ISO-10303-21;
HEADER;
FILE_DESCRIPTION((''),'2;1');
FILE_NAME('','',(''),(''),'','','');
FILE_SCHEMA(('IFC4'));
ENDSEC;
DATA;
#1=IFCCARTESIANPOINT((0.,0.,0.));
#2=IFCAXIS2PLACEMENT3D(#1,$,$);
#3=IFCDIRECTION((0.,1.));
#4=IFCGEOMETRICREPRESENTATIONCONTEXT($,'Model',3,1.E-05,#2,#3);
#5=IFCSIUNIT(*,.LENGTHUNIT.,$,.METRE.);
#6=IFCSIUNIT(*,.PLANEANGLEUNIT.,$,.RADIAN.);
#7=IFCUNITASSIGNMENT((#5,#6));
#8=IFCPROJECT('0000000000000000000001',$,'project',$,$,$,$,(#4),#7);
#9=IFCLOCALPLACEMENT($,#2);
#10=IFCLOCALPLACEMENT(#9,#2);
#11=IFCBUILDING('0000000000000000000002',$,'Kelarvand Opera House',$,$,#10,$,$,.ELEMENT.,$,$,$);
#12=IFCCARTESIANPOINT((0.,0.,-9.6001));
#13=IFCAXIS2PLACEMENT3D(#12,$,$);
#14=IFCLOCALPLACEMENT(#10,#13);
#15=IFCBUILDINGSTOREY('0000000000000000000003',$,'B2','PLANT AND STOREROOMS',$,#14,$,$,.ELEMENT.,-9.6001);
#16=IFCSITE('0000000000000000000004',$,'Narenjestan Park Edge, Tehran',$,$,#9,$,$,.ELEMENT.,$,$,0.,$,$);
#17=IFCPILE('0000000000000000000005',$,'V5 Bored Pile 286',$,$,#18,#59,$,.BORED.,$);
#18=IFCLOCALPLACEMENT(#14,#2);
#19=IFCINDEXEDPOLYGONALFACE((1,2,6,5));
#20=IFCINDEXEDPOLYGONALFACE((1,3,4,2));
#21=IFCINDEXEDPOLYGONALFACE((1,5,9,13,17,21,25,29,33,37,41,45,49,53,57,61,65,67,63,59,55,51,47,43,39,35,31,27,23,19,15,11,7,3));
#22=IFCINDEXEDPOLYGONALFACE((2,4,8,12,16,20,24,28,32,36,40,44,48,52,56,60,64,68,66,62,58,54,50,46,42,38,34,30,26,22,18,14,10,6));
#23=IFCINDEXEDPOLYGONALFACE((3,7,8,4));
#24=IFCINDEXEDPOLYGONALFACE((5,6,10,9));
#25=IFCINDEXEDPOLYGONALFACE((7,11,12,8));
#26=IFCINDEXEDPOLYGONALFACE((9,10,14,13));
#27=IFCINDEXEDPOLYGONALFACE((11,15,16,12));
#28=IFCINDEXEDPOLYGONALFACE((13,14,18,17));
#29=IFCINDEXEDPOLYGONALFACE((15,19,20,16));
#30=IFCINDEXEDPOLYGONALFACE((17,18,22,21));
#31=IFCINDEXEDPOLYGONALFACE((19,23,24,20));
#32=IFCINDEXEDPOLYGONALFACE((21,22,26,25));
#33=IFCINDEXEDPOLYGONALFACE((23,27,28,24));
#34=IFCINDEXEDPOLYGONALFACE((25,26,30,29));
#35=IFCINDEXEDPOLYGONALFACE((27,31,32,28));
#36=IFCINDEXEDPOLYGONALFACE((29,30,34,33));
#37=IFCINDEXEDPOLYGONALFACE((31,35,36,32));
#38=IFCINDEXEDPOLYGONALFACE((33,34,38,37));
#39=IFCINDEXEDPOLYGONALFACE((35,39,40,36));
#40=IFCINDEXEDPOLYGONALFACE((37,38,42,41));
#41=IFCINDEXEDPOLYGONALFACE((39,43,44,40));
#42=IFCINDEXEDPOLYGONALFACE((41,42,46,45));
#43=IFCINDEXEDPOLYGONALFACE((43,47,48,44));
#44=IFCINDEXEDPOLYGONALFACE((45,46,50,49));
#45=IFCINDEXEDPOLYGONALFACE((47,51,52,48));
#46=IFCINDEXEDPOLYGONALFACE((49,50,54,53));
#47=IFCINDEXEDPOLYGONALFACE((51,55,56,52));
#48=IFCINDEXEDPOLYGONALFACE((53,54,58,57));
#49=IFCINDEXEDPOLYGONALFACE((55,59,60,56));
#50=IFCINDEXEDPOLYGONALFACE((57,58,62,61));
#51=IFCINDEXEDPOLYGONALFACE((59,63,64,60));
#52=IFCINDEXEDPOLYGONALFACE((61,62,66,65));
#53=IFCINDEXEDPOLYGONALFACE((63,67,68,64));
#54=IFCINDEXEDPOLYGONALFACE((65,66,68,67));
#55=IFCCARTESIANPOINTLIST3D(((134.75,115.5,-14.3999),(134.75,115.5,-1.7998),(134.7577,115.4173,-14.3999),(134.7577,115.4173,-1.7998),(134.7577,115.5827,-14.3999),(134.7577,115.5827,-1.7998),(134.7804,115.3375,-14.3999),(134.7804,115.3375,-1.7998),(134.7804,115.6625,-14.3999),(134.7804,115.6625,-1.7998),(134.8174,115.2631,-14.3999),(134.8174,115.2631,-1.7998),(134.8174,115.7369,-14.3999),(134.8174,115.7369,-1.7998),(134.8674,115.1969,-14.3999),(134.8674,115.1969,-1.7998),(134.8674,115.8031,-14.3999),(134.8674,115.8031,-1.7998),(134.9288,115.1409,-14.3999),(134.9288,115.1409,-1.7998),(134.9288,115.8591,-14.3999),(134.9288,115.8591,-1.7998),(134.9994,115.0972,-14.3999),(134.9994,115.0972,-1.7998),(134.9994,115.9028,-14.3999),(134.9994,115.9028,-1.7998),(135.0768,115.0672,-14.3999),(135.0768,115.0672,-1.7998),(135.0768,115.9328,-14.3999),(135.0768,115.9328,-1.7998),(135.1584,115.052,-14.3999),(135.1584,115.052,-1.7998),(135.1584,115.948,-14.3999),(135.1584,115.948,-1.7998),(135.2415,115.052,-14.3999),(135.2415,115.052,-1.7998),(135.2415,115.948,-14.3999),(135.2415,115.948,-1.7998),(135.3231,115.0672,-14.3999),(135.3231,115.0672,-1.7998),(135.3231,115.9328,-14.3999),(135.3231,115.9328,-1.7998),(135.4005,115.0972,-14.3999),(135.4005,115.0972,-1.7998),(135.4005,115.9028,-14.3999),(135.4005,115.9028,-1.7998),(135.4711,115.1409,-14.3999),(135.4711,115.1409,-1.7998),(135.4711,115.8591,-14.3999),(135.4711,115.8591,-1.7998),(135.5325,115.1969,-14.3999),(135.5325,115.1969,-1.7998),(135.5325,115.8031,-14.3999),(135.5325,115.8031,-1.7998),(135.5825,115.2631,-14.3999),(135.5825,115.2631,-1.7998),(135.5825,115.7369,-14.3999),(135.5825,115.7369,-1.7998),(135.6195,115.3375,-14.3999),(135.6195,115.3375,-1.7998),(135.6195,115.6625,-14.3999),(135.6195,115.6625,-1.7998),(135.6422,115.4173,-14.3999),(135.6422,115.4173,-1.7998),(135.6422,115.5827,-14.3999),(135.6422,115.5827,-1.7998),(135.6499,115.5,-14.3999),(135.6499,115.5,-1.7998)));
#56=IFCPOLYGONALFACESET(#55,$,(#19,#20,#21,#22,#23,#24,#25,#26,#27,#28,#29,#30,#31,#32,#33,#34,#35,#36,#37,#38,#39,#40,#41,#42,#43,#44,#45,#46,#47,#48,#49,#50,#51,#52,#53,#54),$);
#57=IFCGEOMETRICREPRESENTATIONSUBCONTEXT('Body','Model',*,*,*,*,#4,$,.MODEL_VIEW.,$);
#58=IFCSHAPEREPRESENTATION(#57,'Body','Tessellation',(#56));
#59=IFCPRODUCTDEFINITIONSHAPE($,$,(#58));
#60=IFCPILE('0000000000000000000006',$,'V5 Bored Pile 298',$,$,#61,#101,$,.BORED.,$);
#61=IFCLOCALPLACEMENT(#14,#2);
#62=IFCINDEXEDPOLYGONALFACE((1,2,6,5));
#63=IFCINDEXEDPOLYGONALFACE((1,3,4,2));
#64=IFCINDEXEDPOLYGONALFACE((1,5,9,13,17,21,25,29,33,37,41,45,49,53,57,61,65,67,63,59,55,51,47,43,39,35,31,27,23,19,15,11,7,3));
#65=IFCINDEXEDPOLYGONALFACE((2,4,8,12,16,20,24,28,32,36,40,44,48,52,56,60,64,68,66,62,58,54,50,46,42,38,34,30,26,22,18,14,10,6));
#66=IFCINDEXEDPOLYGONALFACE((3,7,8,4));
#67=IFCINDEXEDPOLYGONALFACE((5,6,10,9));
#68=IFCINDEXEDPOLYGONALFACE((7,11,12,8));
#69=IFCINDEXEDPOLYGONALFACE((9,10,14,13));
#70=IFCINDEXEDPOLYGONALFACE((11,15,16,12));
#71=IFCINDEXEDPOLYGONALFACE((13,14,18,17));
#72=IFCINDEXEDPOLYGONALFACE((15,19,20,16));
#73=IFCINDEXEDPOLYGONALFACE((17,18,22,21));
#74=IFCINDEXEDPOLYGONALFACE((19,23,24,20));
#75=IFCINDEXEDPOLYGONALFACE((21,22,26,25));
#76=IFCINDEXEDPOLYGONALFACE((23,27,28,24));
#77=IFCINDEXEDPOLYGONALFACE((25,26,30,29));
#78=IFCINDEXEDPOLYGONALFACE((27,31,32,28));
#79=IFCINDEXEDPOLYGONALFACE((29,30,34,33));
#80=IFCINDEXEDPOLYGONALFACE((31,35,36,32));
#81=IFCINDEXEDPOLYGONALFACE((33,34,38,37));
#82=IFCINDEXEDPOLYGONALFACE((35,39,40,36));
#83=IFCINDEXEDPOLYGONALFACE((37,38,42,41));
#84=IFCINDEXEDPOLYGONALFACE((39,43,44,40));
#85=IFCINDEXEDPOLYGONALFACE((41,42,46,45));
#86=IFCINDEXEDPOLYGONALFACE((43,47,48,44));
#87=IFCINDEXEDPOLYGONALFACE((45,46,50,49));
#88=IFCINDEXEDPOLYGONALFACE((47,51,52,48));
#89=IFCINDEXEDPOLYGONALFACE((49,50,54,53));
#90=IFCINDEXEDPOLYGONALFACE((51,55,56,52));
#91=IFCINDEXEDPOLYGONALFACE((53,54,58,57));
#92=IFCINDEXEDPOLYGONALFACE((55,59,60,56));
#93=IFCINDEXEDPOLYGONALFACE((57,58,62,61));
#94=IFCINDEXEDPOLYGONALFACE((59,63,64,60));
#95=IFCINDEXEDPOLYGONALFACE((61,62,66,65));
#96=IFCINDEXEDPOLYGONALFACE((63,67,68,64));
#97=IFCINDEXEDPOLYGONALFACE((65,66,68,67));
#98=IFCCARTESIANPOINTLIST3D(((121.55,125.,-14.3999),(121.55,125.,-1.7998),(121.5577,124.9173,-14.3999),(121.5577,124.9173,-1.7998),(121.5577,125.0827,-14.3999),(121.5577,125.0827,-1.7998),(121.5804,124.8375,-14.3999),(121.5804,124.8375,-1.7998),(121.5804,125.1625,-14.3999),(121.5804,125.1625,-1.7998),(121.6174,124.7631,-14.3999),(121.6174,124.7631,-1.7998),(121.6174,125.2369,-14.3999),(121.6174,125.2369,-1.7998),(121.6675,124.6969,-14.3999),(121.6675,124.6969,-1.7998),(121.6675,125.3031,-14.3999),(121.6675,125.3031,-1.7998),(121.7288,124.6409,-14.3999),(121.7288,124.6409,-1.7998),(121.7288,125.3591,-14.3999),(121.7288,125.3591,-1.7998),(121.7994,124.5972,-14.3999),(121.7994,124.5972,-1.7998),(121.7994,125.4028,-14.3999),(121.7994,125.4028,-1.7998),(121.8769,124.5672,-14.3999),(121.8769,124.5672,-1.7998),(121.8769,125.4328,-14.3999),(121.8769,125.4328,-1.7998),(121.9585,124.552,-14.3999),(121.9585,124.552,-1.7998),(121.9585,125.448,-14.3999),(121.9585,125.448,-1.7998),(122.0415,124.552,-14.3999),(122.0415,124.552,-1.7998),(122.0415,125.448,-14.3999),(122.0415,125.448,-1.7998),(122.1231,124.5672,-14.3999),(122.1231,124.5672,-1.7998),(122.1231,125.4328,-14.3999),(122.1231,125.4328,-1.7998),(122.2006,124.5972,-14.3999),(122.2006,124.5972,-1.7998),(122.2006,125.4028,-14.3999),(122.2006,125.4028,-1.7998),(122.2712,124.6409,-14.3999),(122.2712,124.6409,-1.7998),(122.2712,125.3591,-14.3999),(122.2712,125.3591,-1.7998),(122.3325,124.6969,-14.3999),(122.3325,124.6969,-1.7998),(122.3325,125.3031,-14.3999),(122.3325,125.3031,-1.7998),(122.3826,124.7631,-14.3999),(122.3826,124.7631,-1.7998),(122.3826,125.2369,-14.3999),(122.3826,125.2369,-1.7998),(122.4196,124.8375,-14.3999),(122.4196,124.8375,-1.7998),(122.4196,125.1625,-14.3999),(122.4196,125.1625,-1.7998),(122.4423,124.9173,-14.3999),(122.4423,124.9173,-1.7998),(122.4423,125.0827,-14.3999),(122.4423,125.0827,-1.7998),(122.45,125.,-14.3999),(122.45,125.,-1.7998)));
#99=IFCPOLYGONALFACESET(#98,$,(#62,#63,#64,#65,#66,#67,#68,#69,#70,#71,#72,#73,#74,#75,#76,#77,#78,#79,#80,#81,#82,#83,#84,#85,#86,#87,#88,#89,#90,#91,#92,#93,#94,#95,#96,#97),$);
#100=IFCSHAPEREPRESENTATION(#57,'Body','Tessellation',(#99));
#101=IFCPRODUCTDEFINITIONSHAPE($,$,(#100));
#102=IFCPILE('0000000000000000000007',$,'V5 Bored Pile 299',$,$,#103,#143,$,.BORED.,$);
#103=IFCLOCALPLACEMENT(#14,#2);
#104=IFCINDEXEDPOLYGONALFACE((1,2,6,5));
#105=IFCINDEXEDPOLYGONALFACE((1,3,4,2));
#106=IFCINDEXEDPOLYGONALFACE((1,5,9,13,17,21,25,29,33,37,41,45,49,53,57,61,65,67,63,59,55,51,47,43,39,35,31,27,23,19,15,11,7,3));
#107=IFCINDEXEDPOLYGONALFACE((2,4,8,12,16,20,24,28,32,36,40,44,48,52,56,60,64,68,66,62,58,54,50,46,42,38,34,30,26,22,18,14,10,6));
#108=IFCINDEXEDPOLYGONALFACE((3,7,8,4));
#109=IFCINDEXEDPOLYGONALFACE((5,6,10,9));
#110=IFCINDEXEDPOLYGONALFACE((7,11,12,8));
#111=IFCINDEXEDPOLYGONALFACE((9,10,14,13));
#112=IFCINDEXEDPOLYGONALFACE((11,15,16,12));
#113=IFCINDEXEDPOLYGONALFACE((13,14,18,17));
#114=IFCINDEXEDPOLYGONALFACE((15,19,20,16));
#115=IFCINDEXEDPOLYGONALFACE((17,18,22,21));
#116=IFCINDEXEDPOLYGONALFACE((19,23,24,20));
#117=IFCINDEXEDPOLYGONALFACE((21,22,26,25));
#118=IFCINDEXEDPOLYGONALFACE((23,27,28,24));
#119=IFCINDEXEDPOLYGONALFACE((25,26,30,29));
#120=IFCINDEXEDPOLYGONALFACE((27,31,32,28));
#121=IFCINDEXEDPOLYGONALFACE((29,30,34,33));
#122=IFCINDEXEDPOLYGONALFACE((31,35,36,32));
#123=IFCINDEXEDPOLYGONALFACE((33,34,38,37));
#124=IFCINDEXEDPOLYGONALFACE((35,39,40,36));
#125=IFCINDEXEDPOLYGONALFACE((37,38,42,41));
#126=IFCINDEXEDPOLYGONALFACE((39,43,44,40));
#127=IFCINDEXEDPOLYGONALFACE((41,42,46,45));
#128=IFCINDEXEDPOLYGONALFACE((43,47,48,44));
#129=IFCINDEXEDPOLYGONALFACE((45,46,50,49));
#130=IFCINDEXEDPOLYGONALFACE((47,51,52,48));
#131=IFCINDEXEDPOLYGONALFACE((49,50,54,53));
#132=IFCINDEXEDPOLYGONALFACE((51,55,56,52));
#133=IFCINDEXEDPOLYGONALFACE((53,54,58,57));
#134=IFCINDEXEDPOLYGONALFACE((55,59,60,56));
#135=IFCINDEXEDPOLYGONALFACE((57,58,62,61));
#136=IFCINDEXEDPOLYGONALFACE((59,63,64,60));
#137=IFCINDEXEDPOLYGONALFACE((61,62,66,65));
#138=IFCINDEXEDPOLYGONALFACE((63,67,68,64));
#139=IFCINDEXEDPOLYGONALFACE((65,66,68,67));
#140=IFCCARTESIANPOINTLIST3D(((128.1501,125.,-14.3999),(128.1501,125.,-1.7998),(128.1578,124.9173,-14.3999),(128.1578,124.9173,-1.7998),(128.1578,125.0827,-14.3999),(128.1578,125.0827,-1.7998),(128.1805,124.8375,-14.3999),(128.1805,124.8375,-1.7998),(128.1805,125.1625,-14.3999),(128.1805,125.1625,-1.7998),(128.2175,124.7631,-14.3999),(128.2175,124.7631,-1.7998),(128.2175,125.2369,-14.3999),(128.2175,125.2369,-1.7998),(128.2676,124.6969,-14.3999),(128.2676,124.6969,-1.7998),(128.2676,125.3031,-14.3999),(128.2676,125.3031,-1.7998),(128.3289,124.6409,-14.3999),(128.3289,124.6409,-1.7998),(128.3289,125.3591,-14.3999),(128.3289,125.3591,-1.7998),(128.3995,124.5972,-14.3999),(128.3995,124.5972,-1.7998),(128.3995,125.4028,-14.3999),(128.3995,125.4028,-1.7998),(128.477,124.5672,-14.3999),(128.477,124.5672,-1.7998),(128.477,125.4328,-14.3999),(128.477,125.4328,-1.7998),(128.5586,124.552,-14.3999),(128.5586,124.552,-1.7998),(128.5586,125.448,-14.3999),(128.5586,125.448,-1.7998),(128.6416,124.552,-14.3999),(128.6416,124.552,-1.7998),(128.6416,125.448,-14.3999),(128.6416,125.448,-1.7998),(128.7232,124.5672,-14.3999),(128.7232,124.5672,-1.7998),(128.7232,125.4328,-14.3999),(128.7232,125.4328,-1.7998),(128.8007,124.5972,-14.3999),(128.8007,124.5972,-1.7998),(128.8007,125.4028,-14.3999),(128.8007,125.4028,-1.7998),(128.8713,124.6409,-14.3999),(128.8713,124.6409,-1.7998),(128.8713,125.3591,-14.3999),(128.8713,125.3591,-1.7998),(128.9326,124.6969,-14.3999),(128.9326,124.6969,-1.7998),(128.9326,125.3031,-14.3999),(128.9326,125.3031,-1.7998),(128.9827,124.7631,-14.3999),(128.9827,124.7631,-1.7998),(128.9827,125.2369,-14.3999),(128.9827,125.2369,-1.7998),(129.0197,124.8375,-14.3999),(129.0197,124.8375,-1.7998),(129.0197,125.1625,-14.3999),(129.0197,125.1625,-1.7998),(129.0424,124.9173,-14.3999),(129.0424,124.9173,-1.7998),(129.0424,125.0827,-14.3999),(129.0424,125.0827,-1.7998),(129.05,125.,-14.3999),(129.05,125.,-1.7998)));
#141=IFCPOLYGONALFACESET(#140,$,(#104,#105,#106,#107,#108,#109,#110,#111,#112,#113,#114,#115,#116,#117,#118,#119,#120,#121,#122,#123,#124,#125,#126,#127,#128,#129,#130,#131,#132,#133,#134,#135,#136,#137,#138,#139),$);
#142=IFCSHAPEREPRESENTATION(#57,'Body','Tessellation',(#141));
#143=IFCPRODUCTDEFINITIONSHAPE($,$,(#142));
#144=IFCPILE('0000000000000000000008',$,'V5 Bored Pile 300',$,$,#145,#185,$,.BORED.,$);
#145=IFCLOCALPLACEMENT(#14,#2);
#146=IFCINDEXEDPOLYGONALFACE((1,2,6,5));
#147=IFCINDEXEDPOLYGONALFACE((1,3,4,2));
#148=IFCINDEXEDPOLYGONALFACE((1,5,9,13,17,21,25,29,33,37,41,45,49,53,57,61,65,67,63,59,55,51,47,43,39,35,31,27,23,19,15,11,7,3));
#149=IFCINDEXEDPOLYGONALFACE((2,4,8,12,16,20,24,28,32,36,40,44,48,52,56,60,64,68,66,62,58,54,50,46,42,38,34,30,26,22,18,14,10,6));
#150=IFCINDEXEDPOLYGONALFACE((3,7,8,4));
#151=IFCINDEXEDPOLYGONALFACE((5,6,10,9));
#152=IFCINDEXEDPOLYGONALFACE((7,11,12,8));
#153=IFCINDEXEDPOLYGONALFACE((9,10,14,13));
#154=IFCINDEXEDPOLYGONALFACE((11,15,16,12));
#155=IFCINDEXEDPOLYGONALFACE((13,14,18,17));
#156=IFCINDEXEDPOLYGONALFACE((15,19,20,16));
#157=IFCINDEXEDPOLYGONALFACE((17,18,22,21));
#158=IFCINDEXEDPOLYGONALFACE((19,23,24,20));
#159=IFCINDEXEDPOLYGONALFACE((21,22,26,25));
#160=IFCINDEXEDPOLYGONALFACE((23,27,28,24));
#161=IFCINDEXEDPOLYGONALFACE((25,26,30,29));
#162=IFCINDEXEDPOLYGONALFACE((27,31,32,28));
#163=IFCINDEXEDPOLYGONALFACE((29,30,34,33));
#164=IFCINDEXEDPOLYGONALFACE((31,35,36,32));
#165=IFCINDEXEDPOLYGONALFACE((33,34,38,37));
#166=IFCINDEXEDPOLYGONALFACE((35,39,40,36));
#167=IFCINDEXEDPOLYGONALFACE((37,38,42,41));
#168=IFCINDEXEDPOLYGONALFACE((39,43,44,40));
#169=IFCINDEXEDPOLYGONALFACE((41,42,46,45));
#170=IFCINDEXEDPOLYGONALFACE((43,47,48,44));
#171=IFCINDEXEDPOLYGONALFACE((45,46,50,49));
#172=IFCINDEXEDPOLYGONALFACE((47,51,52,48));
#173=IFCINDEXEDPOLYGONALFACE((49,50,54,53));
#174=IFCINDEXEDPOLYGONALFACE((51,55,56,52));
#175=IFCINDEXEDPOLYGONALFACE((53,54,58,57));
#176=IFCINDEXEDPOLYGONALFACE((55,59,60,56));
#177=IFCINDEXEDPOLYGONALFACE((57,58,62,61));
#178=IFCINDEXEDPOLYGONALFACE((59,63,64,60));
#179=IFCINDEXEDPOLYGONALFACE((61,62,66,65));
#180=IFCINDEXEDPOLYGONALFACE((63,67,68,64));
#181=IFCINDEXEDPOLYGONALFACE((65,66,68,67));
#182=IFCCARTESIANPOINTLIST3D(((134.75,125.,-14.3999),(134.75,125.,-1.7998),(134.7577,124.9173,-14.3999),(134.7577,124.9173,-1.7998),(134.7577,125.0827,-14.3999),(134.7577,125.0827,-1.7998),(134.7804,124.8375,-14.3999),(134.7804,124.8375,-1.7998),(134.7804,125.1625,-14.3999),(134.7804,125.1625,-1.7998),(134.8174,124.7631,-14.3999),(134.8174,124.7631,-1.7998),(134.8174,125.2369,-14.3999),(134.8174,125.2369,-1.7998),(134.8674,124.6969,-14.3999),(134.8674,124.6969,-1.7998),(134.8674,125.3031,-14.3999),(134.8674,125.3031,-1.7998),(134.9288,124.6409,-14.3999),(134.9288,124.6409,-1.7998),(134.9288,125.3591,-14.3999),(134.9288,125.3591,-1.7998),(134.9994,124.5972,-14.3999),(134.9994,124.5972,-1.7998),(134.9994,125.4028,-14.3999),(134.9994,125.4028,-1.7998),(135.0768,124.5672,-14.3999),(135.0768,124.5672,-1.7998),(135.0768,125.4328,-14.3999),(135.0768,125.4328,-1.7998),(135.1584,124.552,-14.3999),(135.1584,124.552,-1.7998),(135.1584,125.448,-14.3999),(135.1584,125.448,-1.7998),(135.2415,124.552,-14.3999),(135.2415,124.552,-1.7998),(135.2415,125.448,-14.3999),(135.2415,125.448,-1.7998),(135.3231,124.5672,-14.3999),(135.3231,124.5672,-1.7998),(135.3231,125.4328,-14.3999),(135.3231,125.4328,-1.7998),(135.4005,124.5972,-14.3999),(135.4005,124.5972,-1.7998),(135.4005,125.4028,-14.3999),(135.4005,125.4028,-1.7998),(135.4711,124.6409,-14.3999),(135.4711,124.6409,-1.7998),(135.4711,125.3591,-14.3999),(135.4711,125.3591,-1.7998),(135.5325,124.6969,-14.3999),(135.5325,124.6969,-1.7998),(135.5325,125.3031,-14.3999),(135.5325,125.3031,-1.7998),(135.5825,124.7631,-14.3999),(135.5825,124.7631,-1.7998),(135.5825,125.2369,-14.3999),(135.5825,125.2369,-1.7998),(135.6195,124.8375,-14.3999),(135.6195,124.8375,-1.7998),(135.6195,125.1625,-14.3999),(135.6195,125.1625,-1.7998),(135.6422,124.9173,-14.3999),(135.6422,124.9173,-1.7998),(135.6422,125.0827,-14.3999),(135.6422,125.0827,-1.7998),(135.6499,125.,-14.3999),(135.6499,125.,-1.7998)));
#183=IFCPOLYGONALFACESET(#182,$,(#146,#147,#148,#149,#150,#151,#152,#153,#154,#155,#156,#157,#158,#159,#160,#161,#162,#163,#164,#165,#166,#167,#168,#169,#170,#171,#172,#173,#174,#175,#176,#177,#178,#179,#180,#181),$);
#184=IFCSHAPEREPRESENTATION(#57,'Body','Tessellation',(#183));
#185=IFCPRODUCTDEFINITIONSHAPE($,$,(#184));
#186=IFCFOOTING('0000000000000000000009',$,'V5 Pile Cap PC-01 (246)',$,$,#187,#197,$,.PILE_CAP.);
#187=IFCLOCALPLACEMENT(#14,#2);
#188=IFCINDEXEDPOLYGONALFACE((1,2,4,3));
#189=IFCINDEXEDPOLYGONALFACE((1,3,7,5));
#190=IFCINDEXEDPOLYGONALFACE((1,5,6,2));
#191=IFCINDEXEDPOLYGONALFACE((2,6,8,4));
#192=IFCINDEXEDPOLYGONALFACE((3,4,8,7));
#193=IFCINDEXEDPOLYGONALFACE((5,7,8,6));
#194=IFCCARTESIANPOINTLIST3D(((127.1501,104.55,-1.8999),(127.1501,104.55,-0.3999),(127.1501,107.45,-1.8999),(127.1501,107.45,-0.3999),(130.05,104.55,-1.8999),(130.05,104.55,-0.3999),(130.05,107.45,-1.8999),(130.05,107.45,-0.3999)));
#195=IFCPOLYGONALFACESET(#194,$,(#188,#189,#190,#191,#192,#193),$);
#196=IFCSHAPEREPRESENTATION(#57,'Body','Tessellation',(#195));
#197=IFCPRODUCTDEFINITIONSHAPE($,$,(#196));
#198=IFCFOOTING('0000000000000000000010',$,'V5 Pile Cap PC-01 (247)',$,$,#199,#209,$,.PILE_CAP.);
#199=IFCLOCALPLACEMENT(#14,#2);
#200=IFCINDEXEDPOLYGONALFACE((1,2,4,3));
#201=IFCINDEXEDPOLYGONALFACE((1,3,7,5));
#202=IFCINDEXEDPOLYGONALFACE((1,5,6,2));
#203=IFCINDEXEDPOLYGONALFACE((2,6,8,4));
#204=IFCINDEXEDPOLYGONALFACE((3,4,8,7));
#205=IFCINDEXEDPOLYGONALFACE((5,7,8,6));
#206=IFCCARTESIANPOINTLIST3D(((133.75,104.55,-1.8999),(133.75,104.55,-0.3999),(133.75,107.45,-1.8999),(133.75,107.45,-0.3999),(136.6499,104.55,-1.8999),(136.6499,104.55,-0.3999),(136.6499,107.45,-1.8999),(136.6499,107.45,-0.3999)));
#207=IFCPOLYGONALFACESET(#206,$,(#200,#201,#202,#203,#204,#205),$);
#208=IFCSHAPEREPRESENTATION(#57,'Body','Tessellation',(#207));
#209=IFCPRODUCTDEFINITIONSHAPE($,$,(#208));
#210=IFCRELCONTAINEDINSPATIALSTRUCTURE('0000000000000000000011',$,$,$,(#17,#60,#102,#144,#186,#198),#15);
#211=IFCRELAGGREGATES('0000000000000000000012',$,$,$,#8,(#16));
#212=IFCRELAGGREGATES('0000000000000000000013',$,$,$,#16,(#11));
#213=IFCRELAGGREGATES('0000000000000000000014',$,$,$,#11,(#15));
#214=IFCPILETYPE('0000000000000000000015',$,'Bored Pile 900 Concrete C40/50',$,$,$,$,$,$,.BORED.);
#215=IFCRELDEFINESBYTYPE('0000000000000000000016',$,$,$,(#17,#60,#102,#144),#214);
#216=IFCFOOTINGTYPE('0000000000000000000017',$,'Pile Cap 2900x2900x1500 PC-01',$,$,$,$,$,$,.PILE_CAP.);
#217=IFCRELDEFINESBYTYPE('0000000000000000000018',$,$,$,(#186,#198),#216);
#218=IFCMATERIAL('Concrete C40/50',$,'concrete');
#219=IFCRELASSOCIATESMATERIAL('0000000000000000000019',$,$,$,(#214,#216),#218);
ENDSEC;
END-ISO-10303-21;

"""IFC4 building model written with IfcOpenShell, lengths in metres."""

from ifc_helpers import new_model, si_unit, direction, frame, origin, origin_2d, place, context, subcontext, project, spatial, rectangle, circle, extrude, material, material_profile, profile_set, type_object, element, save


model = new_model("IFC4")

# Units and contexts
model_context = context("Model", 3, precision=1e-05, world=origin(), true_north=direction((0.0, 1.0)))
body_context = subcontext(model_context, "Body", "Model", "MODEL_VIEW")
ifc_project = project(units=[si_unit("LENGTHUNIT", "METRE"), si_unit("PLANEANGLEUNIT", "RADIAN")], contexts=[model_context])

# Site, building, storey
site_placement = place(None, origin())
site = spatial("IfcSite", under=ifc_project, at=site_placement, Name="Narenjestan Park Edge, Tehran", CompositionType="ELEMENT", RefElevation=0.0)
building_placement = place(site_placement, origin())
building = spatial("IfcBuilding", under=site, at=building_placement, Name="Kelarvand Opera House", CompositionType="ELEMENT")
storey_placement = place(building_placement, frame((0.0, 0.0, -9.6001)))
storey = spatial("IfcBuildingStorey", under=building, at=storey_placement, Name="B2", Description="PLANT AND STOREROOMS", CompositionType="ELEMENT", Elevation=-9.6001)

# Piles
ifc_material_1 = material(Name="Concrete C40/50", Category="concrete")
ifc_material_profile_1 = material_profile(ifc_material_1, circle(Radius=0.45, at=origin_2d()), Name="BP 900", Category="concrete")
ifc_profile_set_1 = profile_set([ifc_material_profile_1], Name="Concrete C40/50")
pile_type = type_object("IfcPileType", Name="Bored Pile 900 Concrete C40/50", PredefinedType="BORED", material=ifc_profile_set_1)
for number, where, z_axis, x_axis, name in (
    (1, (135.2, 115.5, -1.7998), (0.0, 0.0, -1.0), (1.0, 0.0, 0.0), "V5 Bored Pile 286"),
    (2, (122.0, 125.0, -1.7998), (0.0, 0.0, -1.0), (1.0, 0.0, 0.0), "V5 Bored Pile 298"),
    (3, (128.6001, 125.0, -1.7998), (0.0, 0.0, -1.0), (1.0, 0.0, 0.0), "V5 Bored Pile 299"),
    (4, (135.2, 125.0, -1.7998), (0.0, 0.0, -1.0), (1.0, 0.0, 0.0), "V5 Bored Pile 300"),
):
    element("IfcPile", number, at=place(storey_placement, frame(where, z_axis=z_axis, x_axis=x_axis)), inside=storey, type_object=pile_type, Name=name, PredefinedType="BORED", context=body_context, shape_type="SweptSolid", body=[
        extrude(circle(Radius=0.45, at=origin_2d()), origin(), (0.0, 0.0, 1.0), 12.6001),
    ])

# Footings
footing_type = type_object("IfcFootingType", Name="Pile Cap 2900x2900x1500 PC-01", PredefinedType="PILE_CAP", material=ifc_material_1)
for number, where, z_axis, x_axis, name in (
    (5, (128.6001, 106.0, -1.8999), (0.0, 0.0, 1.0), (1.0, 0.0, 0.0), "V5 Pile Cap PC-01 (246)"),
    (6, (135.2, 106.0, -1.8999), (0.0, 0.0, 1.0), (1.0, 0.0, 0.0), "V5 Pile Cap PC-01 (247)"),
):
    element("IfcFooting", number, at=place(storey_placement, frame(where, z_axis=z_axis, x_axis=x_axis)), inside=storey, type_object=footing_type, Name=name, PredefinedType="PILE_CAP", context=body_context, shape_type="SweptSolid", body=[
        extrude(rectangle(XDim=2.8999, YDim=2.8999, at=origin_2d()), origin(), (0.0, 0.0, 1.0), 1.5),
    ])

save(model, "model.ifc")
